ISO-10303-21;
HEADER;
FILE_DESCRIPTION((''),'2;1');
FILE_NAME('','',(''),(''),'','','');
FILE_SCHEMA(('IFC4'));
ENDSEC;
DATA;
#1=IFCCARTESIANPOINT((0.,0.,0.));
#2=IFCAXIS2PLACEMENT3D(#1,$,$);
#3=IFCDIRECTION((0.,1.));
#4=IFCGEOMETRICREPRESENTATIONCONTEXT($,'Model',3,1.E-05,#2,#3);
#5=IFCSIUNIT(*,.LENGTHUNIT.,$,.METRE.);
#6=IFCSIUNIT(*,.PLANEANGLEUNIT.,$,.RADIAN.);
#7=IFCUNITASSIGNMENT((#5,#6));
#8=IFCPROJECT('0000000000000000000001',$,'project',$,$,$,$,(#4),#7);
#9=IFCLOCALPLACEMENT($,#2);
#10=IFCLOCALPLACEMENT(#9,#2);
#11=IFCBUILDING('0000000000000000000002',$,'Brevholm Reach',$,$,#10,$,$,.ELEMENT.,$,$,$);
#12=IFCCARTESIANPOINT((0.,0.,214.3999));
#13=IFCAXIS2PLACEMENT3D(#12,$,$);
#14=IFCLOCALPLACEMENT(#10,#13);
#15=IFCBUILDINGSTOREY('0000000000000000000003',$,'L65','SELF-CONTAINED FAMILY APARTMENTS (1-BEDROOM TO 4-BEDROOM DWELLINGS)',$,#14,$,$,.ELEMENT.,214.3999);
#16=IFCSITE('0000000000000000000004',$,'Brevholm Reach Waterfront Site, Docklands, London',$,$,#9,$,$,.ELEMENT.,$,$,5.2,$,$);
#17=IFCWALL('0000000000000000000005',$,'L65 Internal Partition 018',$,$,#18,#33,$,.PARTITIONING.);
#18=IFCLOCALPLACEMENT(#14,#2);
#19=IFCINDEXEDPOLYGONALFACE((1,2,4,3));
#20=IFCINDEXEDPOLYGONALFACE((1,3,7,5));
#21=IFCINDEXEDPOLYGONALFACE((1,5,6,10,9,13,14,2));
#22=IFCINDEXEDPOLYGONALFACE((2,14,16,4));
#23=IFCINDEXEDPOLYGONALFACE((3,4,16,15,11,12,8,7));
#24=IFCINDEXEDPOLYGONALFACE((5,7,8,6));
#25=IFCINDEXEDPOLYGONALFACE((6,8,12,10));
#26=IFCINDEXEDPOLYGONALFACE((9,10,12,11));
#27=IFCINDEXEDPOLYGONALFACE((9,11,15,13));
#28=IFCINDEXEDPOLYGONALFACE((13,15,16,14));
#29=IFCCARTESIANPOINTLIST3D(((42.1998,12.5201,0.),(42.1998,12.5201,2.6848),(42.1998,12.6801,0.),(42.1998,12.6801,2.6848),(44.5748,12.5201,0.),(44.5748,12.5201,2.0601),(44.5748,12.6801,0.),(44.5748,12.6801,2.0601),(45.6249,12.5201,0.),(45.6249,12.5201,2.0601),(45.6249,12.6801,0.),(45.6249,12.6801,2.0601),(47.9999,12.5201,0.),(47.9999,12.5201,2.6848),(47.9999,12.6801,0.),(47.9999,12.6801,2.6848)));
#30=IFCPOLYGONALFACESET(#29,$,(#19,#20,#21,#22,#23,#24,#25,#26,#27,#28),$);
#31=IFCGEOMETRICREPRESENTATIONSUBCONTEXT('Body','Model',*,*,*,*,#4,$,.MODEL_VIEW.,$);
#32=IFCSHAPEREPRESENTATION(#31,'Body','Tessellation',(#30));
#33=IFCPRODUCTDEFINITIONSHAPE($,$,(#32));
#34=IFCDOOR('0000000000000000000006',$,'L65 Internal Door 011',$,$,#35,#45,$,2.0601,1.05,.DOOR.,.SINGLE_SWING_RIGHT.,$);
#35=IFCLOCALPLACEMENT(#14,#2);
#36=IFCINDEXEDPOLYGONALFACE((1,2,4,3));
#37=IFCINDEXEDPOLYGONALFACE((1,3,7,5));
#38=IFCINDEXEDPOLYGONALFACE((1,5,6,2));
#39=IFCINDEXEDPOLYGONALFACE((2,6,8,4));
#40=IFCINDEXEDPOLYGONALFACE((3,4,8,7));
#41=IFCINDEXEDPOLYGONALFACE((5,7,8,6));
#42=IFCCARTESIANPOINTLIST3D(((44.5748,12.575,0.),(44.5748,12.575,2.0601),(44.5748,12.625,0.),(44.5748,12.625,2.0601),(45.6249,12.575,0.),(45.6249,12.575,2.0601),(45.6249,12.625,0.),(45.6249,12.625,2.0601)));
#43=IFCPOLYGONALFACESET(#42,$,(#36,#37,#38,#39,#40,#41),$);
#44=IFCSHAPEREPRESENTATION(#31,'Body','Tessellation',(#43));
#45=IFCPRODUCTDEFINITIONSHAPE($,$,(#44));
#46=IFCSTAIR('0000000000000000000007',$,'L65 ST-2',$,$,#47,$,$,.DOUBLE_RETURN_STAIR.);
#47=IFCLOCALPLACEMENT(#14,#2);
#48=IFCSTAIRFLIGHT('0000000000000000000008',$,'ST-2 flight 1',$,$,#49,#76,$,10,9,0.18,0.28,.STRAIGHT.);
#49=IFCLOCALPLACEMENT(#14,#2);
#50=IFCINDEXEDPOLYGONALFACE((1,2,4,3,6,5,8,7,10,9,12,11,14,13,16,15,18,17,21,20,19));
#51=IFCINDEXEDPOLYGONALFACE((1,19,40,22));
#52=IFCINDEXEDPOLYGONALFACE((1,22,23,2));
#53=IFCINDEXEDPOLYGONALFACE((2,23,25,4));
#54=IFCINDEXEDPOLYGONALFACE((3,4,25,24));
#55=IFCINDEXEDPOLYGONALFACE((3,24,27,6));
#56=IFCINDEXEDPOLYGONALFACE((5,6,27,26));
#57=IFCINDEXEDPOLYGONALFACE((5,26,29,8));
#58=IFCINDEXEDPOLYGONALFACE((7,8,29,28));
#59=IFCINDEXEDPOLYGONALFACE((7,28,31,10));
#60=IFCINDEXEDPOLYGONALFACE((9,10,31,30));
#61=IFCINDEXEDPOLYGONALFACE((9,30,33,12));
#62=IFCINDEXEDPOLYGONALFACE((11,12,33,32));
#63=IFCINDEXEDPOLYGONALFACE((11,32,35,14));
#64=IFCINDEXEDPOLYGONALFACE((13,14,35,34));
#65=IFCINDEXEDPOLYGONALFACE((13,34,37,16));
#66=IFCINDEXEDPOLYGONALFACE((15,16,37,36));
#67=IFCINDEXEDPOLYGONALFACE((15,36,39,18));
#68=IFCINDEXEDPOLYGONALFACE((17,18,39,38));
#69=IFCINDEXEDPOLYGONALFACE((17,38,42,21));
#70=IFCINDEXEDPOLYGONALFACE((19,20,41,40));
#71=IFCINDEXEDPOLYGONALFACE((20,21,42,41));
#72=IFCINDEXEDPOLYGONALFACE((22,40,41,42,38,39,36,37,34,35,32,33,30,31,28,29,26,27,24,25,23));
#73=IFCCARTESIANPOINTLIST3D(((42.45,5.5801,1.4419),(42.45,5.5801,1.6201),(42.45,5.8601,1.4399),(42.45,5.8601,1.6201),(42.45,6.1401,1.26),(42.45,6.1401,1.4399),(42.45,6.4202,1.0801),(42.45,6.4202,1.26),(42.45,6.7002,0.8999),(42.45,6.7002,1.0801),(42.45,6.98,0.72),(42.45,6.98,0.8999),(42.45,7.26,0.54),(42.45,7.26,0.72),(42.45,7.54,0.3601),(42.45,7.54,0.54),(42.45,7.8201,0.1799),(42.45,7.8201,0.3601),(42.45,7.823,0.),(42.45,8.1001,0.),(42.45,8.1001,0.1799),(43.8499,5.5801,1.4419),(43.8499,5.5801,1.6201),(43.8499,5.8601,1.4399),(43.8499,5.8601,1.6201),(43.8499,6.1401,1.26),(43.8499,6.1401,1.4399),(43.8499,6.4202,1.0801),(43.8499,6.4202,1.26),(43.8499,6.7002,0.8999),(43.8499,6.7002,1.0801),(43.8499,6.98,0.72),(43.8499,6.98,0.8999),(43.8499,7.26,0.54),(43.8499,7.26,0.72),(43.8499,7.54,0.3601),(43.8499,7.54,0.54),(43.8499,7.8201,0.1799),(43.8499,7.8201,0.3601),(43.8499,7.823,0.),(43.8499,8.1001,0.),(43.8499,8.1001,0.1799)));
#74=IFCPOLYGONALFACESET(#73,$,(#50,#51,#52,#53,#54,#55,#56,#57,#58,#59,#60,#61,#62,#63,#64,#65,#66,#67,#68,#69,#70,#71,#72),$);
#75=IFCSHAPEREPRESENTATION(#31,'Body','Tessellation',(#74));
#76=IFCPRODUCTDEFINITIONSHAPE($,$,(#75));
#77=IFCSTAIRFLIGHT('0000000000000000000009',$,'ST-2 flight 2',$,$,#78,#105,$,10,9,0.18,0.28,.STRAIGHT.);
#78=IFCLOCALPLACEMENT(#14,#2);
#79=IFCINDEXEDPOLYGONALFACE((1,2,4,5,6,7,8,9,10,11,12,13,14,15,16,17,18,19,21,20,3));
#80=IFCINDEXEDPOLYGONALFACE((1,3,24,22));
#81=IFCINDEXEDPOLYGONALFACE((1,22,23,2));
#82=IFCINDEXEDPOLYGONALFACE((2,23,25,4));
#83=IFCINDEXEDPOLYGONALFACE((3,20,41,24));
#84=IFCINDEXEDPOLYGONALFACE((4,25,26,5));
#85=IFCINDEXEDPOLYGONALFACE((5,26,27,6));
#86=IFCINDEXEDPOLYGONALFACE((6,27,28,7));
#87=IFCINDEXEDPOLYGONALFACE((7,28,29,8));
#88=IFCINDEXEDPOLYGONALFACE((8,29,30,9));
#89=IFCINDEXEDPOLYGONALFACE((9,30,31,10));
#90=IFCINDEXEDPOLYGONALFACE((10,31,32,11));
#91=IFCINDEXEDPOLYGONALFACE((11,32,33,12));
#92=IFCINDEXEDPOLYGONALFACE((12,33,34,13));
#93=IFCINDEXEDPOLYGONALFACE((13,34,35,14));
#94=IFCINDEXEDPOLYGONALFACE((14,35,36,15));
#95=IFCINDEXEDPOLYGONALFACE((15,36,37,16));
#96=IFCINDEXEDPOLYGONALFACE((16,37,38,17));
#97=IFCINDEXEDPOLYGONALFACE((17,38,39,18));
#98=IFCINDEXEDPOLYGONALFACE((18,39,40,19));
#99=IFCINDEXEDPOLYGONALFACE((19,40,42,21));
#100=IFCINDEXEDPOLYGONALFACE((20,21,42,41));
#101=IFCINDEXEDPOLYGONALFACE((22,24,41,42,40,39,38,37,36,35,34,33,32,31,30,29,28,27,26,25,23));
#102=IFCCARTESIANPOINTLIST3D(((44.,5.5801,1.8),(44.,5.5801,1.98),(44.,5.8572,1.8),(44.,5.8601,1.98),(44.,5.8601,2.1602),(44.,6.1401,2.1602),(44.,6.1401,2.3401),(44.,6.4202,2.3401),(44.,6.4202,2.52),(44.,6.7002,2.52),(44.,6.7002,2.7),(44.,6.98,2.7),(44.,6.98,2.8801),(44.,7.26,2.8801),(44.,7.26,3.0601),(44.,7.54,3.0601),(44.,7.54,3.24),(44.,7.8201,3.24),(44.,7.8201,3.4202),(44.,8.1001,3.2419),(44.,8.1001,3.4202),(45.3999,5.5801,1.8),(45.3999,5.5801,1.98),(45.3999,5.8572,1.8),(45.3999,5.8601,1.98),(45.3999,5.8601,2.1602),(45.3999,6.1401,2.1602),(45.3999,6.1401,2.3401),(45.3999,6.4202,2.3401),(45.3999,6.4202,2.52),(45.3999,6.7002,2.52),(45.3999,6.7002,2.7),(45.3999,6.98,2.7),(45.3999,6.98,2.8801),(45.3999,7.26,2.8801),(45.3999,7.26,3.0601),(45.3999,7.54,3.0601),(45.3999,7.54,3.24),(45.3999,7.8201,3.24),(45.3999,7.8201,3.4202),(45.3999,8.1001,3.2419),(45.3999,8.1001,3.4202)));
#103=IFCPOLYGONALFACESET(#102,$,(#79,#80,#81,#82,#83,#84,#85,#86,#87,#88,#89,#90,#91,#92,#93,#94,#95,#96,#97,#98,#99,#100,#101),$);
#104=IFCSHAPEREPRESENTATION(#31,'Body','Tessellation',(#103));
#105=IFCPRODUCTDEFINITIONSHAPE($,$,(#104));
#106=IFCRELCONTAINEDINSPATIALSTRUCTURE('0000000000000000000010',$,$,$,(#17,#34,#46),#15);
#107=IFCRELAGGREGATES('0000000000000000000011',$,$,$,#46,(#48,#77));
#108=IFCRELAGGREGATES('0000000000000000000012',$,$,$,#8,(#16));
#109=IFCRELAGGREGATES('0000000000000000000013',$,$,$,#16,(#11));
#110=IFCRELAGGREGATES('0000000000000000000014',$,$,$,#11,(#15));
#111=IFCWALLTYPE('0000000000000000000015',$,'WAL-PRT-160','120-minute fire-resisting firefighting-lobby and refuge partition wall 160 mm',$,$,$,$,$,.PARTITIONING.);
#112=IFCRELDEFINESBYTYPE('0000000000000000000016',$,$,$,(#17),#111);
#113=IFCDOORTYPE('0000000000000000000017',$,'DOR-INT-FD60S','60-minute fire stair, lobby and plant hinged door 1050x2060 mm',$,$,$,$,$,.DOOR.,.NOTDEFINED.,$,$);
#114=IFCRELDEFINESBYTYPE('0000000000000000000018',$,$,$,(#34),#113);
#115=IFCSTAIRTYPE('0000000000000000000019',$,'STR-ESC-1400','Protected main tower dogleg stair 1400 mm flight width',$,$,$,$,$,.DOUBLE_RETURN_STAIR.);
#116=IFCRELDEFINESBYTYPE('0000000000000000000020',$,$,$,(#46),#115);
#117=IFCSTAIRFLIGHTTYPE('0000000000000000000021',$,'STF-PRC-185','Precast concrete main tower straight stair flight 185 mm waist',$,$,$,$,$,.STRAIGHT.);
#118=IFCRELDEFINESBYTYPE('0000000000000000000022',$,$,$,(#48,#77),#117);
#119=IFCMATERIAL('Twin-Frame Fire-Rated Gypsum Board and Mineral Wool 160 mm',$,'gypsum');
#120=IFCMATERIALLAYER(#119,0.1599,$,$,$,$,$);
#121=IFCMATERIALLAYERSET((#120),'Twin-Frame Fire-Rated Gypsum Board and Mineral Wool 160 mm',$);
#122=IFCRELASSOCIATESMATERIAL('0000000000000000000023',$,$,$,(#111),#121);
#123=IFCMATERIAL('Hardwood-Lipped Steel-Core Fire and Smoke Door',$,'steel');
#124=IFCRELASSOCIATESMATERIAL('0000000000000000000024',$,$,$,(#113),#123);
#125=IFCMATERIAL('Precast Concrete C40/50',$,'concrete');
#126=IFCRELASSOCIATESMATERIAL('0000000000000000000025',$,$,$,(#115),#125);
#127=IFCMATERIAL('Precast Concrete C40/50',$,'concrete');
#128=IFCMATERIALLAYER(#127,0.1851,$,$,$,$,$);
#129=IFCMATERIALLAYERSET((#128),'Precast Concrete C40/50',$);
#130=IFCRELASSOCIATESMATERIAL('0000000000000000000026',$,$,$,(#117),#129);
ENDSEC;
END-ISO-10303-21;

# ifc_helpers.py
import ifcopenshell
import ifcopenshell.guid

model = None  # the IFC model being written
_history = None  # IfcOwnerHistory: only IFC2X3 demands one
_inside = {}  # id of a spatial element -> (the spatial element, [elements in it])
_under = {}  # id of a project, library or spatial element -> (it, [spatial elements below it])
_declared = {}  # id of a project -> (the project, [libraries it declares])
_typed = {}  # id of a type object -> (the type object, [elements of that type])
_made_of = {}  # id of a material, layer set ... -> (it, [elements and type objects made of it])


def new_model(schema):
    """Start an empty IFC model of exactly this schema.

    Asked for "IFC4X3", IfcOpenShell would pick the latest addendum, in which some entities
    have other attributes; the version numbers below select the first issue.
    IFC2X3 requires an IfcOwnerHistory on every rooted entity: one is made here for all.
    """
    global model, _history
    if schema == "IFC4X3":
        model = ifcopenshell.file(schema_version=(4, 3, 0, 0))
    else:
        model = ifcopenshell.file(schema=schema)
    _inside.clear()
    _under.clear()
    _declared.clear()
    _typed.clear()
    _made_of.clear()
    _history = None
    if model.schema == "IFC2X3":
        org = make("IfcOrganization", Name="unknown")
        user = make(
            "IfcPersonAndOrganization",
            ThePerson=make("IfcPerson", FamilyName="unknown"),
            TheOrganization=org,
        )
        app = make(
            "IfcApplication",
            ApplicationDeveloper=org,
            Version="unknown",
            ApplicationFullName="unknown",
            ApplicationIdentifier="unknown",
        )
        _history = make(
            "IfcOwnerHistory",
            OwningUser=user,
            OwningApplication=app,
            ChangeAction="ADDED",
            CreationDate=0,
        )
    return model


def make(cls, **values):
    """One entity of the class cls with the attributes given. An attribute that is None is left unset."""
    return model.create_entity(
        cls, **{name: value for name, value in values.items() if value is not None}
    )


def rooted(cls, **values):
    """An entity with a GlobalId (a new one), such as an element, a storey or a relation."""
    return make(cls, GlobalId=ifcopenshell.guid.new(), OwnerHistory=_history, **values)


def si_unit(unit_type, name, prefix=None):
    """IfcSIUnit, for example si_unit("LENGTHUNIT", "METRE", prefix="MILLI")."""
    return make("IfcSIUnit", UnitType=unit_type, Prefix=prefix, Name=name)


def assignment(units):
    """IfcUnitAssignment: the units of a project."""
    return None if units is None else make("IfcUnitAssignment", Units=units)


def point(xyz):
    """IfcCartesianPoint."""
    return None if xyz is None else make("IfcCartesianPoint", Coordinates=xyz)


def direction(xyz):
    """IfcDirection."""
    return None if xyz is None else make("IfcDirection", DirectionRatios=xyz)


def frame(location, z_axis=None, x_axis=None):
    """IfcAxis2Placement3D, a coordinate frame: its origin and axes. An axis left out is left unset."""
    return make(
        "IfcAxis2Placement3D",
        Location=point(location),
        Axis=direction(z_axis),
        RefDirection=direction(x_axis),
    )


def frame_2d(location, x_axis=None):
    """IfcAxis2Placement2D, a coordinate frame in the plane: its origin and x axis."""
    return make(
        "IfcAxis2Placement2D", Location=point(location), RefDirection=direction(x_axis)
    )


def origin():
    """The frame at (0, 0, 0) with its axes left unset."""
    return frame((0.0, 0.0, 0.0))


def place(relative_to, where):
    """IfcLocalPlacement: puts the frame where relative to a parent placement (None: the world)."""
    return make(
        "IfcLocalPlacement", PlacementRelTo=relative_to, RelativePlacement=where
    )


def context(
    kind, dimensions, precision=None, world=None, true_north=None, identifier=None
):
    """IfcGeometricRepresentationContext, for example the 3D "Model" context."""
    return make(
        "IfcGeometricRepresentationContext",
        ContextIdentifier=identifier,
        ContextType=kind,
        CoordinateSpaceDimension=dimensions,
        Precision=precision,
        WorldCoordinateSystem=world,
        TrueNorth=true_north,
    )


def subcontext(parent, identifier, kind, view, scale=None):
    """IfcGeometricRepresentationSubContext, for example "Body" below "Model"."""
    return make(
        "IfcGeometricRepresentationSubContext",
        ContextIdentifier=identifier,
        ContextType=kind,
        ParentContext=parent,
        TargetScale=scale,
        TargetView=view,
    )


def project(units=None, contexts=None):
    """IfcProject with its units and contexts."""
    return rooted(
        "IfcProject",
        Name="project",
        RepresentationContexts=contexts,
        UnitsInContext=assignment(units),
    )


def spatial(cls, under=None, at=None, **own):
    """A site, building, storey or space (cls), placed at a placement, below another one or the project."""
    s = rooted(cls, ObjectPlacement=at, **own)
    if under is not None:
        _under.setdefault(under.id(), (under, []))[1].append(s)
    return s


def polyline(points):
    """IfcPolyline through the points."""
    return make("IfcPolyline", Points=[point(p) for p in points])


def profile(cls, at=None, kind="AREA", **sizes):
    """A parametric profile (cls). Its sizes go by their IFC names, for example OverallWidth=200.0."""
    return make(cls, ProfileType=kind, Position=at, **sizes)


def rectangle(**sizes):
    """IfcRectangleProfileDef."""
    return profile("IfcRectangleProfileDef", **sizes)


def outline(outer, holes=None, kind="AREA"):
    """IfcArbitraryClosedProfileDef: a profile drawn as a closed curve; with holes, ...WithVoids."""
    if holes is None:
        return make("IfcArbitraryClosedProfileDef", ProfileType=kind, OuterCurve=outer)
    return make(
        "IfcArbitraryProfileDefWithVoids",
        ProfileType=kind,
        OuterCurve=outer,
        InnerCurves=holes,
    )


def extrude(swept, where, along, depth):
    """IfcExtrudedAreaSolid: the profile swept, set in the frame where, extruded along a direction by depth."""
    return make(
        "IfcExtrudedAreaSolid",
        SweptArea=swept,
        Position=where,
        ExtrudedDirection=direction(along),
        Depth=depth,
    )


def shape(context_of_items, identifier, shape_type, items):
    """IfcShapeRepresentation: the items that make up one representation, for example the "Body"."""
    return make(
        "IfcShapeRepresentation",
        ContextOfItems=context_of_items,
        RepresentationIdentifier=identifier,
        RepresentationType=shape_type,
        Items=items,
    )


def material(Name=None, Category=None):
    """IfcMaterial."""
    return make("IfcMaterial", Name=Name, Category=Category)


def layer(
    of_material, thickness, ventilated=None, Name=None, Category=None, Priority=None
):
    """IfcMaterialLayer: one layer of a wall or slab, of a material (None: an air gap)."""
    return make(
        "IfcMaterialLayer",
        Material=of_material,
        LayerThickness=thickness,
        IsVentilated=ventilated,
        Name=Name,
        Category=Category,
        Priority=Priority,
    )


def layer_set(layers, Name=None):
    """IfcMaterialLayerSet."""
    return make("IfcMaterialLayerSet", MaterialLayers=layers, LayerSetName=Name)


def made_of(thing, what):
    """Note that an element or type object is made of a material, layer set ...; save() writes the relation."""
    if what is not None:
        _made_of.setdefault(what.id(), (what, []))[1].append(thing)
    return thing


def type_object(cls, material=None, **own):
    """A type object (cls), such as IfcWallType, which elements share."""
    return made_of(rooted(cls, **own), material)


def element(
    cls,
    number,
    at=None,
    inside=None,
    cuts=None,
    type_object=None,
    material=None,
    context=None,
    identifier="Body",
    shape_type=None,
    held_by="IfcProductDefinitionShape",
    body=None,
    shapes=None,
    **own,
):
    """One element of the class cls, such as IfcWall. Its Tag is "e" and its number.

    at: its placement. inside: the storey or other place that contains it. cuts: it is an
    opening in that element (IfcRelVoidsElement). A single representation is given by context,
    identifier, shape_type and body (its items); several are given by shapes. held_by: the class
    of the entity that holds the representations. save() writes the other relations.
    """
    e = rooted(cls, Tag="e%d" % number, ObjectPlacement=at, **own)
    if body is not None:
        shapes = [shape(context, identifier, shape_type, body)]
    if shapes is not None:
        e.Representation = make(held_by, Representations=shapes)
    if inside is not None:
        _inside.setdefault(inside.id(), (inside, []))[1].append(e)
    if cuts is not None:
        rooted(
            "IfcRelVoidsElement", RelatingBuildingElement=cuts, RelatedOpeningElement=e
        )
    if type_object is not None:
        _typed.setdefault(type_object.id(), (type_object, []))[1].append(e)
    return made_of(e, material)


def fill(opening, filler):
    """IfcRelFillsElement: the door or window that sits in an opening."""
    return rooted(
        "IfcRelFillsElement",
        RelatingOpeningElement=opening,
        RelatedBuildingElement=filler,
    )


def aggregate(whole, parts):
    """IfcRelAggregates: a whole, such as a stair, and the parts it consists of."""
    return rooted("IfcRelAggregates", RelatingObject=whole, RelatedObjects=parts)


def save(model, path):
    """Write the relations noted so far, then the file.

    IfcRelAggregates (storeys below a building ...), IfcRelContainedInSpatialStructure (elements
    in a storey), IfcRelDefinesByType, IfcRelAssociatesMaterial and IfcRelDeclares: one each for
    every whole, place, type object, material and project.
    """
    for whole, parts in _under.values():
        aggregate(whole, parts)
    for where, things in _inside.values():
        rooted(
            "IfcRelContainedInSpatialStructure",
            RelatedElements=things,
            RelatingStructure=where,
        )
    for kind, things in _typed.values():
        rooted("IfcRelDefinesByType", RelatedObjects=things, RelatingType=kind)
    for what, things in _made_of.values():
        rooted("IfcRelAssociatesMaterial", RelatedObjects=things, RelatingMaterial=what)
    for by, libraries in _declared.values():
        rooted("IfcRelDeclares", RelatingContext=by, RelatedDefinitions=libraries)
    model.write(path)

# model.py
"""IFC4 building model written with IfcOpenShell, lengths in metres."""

from ifc_helpers import new_model, si_unit, direction, frame, frame_2d, origin, place, context, subcontext, project, spatial, polyline, rectangle, outline, extrude, material, layer, layer_set, type_object, element, fill, aggregate, save


model = new_model("IFC4")

# Units and contexts
model_context = context("Model", 3, precision=1e-05, world=origin(), true_north=direction((0.0, 1.0)))
body_context = subcontext(model_context, "Body", "Model", "MODEL_VIEW")
ifc_project = project(units=[si_unit("LENGTHUNIT", "METRE"), si_unit("PLANEANGLEUNIT", "RADIAN")], contexts=[model_context])

# Site, building, storey
site_placement = place(None, origin())
site = spatial("IfcSite", under=ifc_project, at=site_placement, Name="Brevholm Reach Waterfront Site, Docklands, London", CompositionType="ELEMENT", RefElevation=5.2)
building_placement = place(site_placement, origin())
building = spatial("IfcBuilding", under=site, at=building_placement, Name="Brevholm Reach", CompositionType="ELEMENT")
storey_placement = place(building_placement, frame((0.0, 0.0, 214.3999)))
storey = spatial("IfcBuildingStorey", under=building, at=storey_placement, Name="L65", Description="SELF-CONTAINED FAMILY APARTMENTS (1-BEDROOM TO 4-BEDROOM DWELLINGS)", CompositionType="ELEMENT", Elevation=214.3999)

# Wall, opening, door
ifc_material_1 = material(Name="Twin-Frame Fire-Rated Gypsum Board and Mineral Wool 160 mm", Category="gypsum")
ifc_layer_1 = layer(ifc_material_1, 0.1599)
ifc_layer_set_1 = layer_set([ifc_layer_1], Name="Twin-Frame Fire-Rated Gypsum Board and Mineral Wool 160 mm")
wall_type_1 = type_object("IfcWallType", Name="WAL-PRT-160", Description="120-minute fire-resisting firefighting-lobby and refuge partition wall 160 mm", PredefinedType="PARTITIONING", material=ifc_layer_set_1)
ifc_material_2 = material(Name="Hardwood-Lipped Steel-Core Fire and Smoke Door", Category="steel")
door_type_1 = type_object("IfcDoorType", Name="DOR-INT-FD60S", Description="60-minute fire stair, lobby and plant hinged door 1050x2060 mm", OperationType="NOTDEFINED", PredefinedType="DOOR", material=ifc_material_2)
wall_1_placement = place(storey_placement, frame((42.2, 12.6001, 0.0), z_axis=(0.0, 0.0, 1.0), x_axis=(1.0, 0.0, 0.0)))
wall_1 = element("IfcWall", 1, at=wall_1_placement, inside=storey, type_object=wall_type_1, Name="L65 Internal Partition 018", PredefinedType="PARTITIONING", context=body_context, shape_type="SweptSolid", body=[
    extrude(rectangle(XDim=5.8, YDim=0.1599, at=frame_2d((2.8999, 0.0))), origin(), (0.0, 0.0, 1.0), 2.6848),
])
opening_1_placement = place(wall_1_placement, frame((2.375, 0.0, 0.0)))
opening_1 = element("IfcOpeningElement", 2, at=opening_1_placement, cuts=wall_1, PredefinedType="OPENING", context=body_context, shape_type="SweptSolid", body=[
    extrude(rectangle(XDim=1.05, YDim=2.0601, at=frame_2d((0.5249, 1.03))), frame((0.0, 0.0898, 0.0), z_axis=(0.0, -1.0, 0.0), x_axis=(1.0, 0.0, 0.0)), (0.0, 0.0, 1.0), 0.1799),
])
door_1_placement = place(opening_1_placement, origin())
door_1 = element("IfcDoor", 3, at=door_1_placement, inside=storey, type_object=door_type_1, Name="L65 Internal Door 011", OperationType="SINGLE_SWING_RIGHT", OverallHeight=2.0601, OverallWidth=1.05, PredefinedType="DOOR", context=body_context, shape_type="SweptSolid", body=[
    extrude(rectangle(XDim=1.05, YDim=2.0601, at=frame_2d((0.5249, 1.03))), frame((0.0, 0.0249, 0.0), z_axis=(0.0, -1.0, 0.0), x_axis=(1.0, 0.0, 0.0)), (0.0, 0.0, 1.0), 0.05),
])
fill(opening_1, door_1)

# Stair, stair flights
ifc_material_3 = material(Name="Precast Concrete C40/50", Category="concrete")
stair_type = type_object("IfcStairType", Name="STR-ESC-1400", Description="Protected main tower dogleg stair 1400 mm flight width", PredefinedType="DOUBLE_RETURN_STAIR", material=ifc_material_3)
stair_placement = place(storey_placement, origin())
stair = element("IfcStair", 4, at=stair_placement, inside=storey, type_object=stair_type, Name="L65 ST-2", PredefinedType="DOUBLE_RETURN_STAIR")
ifc_material_4 = material(Name="Precast Concrete C40/50", Category="concrete")
ifc_layer_2 = layer(ifc_material_4, 0.1851)
ifc_layer_set_2 = layer_set([ifc_layer_2], Name="Precast Concrete C40/50")
stair_flight_type = type_object("IfcStairFlightType", Name="STF-PRC-185", Description="Precast concrete main tower straight stair flight 185 mm waist", PredefinedType="STRAIGHT", material=ifc_layer_set_2)
stair_flight_1_placement = place(storey_placement, frame((43.1499, 8.1001, 0.0), z_axis=(0.0, 0.0, 1.0), x_axis=(0.0, -1.0, 0.0)))
stair_flight_1 = element("IfcStairFlight", 5, at=stair_flight_1_placement, type_object=stair_flight_type, Name="ST-2 flight 1", NumberOfRisers=10, NumberOfTreads=9, PredefinedType="STRAIGHT", RiserHeight=0.18, TreadLength=0.28, context=body_context, shape_type="SweptSolid", body=[
    extrude(outline(polyline([(0.0, 0.0), (0.0, 0.1799), (0.28, 0.1799), (0.28, 0.3601), (0.5601, 0.3601), (0.5601, 0.54), (0.8401, 0.54), (0.8401, 0.72), (1.1201, 0.72), (1.1201, 0.8999), (1.3999, 0.8999), (1.3999, 1.0801), (1.6799, 1.0801), (1.6799, 1.26), (1.96, 1.26), (1.96, 1.4399), (2.24, 1.4399), (2.24, 1.6201), (2.52, 1.6201), (2.52, 1.8), (2.52, 1.4419), (0.2771, 0.0), (0.0, 0.0)])), frame((0.0, 0.7, 0.0), z_axis=(0.0, -1.0, 0.0), x_axis=(1.0, 0.0, 0.0)), (0.0, 0.0, 1.0), 1.3999),
])
stair_flight_2_placement = place(storey_placement, frame((44.7, 5.5801, 1.8), z_axis=(0.0, 0.0, 1.0), x_axis=(0.0, 1.0, 0.0)))
stair_flight_2 = element("IfcStairFlight", 6, at=stair_flight_2_placement, type_object=stair_flight_type, Name="ST-2 flight 2", NumberOfRisers=10, NumberOfTreads=9, PredefinedType="STRAIGHT", RiserHeight=0.18, TreadLength=0.28, context=body_context, shape_type="SweptSolid", body=[
    extrude(outline(polyline([(0.0, 0.0), (0.0, 0.1799), (0.28, 0.1799), (0.28, 0.3601), (0.5601, 0.3601), (0.5601, 0.54), (0.8401, 0.54), (0.8401, 0.72), (1.1201, 0.72), (1.1201, 0.8999), (1.3999, 0.8999), (1.3999, 1.0801), (1.6799, 1.0801), (1.6799, 1.26), (1.96, 1.26), (1.96, 1.4399), (2.24, 1.4399), (2.24, 1.6201), (2.52, 1.6201), (2.52, 1.8), (2.52, 1.4419), (0.2771, 0.0), (0.0, 0.0)])), frame((0.0, 0.7, 0.0), z_axis=(0.0, -1.0, 0.0), x_axis=(1.0, 0.0, 0.0)), (0.0, 0.0, 1.0), 1.3999),
])
aggregate(stair, [stair_flight_1, stair_flight_2])

save(model, "model.ifc")
